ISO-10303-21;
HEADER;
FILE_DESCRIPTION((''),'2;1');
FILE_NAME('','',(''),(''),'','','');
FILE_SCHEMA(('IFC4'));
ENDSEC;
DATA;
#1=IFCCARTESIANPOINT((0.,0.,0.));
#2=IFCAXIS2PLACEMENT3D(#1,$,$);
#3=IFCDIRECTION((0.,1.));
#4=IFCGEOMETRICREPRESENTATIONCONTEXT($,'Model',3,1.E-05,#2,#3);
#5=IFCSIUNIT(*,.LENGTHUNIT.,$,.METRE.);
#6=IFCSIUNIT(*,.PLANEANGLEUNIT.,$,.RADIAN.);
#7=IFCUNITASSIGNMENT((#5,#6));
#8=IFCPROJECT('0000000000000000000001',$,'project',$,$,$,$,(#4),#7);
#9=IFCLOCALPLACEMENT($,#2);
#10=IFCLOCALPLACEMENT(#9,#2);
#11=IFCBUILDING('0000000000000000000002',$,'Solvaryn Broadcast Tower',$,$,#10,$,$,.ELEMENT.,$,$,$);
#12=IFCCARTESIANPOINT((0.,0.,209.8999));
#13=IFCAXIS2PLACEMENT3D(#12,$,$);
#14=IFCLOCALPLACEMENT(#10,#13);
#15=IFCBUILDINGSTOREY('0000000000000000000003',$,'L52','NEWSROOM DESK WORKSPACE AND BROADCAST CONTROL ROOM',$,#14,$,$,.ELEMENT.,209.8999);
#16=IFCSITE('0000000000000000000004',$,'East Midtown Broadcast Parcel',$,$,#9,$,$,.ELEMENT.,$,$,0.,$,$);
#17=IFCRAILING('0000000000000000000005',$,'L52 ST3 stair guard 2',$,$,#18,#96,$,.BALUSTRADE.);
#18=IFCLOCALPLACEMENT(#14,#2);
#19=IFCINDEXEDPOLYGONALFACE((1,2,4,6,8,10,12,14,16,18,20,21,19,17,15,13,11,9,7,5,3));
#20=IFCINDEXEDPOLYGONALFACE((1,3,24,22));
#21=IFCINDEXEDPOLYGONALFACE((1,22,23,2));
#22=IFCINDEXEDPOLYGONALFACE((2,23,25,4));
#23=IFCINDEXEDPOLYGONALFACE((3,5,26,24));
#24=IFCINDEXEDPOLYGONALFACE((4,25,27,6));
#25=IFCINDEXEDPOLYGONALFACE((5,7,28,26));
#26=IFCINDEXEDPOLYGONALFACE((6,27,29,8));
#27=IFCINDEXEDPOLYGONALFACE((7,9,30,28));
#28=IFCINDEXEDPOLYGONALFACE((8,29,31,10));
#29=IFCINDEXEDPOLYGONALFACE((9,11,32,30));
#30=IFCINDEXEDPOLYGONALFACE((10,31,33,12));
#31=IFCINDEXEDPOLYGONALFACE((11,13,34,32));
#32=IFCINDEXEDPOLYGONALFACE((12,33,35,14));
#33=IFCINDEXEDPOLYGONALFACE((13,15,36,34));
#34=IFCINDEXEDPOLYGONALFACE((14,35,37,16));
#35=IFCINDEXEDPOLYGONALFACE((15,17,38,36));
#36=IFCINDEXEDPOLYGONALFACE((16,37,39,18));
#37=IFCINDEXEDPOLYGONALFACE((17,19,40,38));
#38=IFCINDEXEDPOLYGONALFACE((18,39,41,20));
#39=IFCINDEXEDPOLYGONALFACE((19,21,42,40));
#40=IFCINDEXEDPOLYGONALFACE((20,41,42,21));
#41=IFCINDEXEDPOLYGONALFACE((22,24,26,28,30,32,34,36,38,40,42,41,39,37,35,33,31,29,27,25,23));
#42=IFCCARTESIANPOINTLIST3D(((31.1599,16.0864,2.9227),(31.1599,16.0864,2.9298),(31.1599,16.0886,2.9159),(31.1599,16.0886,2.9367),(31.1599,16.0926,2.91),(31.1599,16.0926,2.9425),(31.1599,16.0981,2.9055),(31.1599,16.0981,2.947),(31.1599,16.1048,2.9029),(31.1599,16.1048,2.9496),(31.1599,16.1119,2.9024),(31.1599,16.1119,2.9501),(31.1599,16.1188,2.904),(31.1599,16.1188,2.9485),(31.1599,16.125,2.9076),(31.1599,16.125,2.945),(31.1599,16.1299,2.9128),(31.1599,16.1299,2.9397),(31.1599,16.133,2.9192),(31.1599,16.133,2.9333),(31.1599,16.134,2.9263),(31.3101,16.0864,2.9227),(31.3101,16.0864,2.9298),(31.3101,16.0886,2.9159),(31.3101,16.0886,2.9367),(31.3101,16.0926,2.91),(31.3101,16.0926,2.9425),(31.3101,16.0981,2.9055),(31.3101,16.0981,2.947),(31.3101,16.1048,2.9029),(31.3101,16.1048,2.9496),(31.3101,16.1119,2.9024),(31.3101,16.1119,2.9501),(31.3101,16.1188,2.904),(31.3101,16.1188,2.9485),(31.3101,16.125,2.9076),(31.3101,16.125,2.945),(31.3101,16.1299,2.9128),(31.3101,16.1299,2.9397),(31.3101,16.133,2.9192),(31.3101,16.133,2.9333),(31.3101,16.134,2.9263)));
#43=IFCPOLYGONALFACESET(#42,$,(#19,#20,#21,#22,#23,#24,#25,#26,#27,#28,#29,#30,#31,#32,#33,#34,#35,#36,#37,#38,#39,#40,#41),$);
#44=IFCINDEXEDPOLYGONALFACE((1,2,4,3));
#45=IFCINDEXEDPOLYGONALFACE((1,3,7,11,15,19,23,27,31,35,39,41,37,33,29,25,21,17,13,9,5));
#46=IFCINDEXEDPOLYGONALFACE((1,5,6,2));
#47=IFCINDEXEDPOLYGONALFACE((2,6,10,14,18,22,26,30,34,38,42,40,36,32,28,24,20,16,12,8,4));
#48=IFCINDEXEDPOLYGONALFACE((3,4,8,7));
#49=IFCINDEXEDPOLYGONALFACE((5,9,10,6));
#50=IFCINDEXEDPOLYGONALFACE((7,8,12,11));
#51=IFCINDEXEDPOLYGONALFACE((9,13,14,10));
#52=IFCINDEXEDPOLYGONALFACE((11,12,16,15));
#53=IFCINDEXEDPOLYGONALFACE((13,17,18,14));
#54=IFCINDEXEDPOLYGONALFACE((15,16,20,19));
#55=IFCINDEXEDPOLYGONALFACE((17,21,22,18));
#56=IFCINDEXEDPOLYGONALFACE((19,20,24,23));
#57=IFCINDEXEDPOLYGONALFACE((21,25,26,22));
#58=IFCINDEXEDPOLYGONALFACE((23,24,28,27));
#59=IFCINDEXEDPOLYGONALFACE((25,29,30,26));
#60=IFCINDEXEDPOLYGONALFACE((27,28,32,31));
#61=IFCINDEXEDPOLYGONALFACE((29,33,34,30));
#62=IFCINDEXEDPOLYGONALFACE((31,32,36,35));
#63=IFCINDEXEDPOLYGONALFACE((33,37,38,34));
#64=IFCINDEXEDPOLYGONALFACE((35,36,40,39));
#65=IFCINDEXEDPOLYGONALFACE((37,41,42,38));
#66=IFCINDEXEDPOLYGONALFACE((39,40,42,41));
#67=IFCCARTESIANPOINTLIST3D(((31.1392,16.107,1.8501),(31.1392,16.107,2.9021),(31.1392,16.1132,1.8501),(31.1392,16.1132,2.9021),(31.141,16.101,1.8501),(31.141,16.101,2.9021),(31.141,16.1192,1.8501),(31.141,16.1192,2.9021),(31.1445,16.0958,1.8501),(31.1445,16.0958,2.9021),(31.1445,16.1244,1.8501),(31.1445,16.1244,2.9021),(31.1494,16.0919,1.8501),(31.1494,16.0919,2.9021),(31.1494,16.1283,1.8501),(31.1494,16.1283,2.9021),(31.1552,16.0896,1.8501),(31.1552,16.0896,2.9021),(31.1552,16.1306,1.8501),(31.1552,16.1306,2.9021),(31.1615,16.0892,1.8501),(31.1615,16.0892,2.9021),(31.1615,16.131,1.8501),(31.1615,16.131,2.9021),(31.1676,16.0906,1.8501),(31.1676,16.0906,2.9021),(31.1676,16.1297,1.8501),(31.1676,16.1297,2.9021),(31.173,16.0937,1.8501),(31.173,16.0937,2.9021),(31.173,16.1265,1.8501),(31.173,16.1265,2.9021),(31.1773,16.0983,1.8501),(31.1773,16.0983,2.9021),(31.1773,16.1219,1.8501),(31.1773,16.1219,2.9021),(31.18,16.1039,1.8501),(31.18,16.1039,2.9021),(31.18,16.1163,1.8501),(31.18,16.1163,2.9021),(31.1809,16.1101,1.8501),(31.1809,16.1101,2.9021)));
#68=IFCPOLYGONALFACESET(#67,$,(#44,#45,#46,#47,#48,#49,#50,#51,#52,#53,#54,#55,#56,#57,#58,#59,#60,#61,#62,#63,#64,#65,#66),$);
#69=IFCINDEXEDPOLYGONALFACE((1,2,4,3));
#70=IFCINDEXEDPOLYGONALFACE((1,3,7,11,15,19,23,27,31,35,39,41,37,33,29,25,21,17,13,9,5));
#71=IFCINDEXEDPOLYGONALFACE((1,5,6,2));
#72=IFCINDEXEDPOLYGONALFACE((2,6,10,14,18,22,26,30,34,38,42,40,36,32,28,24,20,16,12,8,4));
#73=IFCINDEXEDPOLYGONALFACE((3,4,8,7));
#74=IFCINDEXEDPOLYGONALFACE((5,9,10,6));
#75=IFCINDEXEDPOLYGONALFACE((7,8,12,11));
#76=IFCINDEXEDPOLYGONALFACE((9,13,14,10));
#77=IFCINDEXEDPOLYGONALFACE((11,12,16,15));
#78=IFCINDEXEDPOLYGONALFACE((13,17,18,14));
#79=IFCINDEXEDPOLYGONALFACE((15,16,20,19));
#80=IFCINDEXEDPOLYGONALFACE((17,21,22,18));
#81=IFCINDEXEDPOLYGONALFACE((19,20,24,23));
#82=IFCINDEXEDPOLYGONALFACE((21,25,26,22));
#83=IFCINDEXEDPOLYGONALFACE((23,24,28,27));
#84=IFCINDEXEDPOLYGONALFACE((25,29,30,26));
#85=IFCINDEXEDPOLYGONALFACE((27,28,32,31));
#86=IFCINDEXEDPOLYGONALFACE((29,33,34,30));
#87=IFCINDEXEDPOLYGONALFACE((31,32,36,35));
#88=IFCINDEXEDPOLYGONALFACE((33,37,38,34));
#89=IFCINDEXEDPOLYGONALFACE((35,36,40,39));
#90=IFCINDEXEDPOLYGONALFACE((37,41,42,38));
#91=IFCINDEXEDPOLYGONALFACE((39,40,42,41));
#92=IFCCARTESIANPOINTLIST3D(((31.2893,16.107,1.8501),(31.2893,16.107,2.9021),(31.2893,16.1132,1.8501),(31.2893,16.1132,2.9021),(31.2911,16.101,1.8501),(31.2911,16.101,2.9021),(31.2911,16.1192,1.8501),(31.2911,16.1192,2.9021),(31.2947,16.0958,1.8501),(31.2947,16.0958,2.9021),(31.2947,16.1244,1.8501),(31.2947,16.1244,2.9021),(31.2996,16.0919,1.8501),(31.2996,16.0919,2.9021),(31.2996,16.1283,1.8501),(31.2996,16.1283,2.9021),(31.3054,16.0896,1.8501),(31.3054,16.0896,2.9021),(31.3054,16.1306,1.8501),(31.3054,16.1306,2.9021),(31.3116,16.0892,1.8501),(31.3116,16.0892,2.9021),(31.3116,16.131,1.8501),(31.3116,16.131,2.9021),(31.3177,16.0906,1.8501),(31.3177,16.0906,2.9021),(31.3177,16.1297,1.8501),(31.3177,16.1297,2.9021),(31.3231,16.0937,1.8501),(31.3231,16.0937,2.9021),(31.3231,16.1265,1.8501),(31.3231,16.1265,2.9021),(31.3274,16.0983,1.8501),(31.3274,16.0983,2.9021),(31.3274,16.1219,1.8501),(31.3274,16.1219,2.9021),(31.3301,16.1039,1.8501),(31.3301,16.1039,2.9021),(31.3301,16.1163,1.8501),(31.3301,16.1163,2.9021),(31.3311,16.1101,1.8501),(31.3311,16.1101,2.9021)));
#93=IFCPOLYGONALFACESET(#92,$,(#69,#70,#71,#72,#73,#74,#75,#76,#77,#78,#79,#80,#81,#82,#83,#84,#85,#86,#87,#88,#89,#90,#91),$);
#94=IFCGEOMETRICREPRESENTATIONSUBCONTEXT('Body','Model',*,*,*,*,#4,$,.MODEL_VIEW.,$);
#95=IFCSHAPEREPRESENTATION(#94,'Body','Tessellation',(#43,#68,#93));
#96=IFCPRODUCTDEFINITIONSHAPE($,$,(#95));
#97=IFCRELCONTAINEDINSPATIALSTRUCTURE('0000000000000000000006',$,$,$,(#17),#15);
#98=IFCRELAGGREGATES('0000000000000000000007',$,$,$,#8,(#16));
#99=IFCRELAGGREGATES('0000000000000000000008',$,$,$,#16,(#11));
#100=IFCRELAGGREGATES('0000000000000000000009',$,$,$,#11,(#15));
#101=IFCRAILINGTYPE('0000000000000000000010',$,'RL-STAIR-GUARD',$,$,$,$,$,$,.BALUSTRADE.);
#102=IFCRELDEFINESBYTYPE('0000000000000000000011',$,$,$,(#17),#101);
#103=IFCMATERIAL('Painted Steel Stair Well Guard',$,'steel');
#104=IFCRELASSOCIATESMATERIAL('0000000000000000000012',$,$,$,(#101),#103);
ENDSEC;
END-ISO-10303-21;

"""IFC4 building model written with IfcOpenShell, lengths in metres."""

from ifc_helpers import new_model, si_unit, direction, frame, origin, origin_2d, place, context, subcontext, project, spatial, circle, extrude, material, type_object, element, save


model = new_model("IFC4")

# Units and contexts
model_context = context("Model", 3, precision=1e-05, world=origin(), true_north=direction((0.0, 1.0)))
body_context = subcontext(model_context, "Body", "Model", "MODEL_VIEW")
ifc_project = project(units=[si_unit("LENGTHUNIT", "METRE"), si_unit("PLANEANGLEUNIT", "RADIAN")], contexts=[model_context])

# Site, building, storey
site_placement = place(None, origin())
site = spatial("IfcSite", under=ifc_project, at=site_placement, Name="East Midtown Broadcast Parcel", CompositionType="ELEMENT", RefElevation=0.0)
building_placement = place(site_placement, origin())
building = spatial("IfcBuilding", under=site, at=building_placement, Name="Solvaryn Broadcast Tower", CompositionType="ELEMENT")
storey_placement = place(building_placement, frame((0.0, 0.0, 209.8999)))
storey = spatial("IfcBuildingStorey", under=building, at=storey_placement, Name="L52", Description="NEWSROOM DESK WORKSPACE AND BROADCAST CONTROL ROOM", CompositionType="ELEMENT", Elevation=209.8999)

# Railing
ifc_material_1 = material(Name="Painted Steel Stair Well Guard", Category="steel")
railing_type_1 = type_object("IfcRailingType", Name="RL-STAIR-GUARD", PredefinedType="BALUSTRADE", material=ifc_material_1)
railing_1_placement = place(storey_placement, frame((31.1599, 16.1101, 1.8501)))
element("IfcRailing", 1, at=railing_1_placement, inside=storey, type_object=railing_type_1, Name="L52 ST3 stair guard 2", PredefinedType="BALUSTRADE", context=body_context, shape_type="SweptSolid", body=[
    extrude(circle(Radius=0.0239, at=origin_2d()), frame((0.0, 0.0, 1.0762), z_axis=(1.0, 0.0, 0.0), x_axis=(0.0, 1.0, 0.0)), (0.0, 0.0, 1.0), 0.1501),
    extrude(circle(Radius=0.021, at=origin_2d()), origin(), (0.0, 0.0, 1.0), 1.052),
    extrude(circle(Radius=0.021, at=origin_2d()), frame((0.1501, 0.0, 0.0)), (0.0, 0.0, 1.0), 1.052),
])

save(model, "model.ifc")
